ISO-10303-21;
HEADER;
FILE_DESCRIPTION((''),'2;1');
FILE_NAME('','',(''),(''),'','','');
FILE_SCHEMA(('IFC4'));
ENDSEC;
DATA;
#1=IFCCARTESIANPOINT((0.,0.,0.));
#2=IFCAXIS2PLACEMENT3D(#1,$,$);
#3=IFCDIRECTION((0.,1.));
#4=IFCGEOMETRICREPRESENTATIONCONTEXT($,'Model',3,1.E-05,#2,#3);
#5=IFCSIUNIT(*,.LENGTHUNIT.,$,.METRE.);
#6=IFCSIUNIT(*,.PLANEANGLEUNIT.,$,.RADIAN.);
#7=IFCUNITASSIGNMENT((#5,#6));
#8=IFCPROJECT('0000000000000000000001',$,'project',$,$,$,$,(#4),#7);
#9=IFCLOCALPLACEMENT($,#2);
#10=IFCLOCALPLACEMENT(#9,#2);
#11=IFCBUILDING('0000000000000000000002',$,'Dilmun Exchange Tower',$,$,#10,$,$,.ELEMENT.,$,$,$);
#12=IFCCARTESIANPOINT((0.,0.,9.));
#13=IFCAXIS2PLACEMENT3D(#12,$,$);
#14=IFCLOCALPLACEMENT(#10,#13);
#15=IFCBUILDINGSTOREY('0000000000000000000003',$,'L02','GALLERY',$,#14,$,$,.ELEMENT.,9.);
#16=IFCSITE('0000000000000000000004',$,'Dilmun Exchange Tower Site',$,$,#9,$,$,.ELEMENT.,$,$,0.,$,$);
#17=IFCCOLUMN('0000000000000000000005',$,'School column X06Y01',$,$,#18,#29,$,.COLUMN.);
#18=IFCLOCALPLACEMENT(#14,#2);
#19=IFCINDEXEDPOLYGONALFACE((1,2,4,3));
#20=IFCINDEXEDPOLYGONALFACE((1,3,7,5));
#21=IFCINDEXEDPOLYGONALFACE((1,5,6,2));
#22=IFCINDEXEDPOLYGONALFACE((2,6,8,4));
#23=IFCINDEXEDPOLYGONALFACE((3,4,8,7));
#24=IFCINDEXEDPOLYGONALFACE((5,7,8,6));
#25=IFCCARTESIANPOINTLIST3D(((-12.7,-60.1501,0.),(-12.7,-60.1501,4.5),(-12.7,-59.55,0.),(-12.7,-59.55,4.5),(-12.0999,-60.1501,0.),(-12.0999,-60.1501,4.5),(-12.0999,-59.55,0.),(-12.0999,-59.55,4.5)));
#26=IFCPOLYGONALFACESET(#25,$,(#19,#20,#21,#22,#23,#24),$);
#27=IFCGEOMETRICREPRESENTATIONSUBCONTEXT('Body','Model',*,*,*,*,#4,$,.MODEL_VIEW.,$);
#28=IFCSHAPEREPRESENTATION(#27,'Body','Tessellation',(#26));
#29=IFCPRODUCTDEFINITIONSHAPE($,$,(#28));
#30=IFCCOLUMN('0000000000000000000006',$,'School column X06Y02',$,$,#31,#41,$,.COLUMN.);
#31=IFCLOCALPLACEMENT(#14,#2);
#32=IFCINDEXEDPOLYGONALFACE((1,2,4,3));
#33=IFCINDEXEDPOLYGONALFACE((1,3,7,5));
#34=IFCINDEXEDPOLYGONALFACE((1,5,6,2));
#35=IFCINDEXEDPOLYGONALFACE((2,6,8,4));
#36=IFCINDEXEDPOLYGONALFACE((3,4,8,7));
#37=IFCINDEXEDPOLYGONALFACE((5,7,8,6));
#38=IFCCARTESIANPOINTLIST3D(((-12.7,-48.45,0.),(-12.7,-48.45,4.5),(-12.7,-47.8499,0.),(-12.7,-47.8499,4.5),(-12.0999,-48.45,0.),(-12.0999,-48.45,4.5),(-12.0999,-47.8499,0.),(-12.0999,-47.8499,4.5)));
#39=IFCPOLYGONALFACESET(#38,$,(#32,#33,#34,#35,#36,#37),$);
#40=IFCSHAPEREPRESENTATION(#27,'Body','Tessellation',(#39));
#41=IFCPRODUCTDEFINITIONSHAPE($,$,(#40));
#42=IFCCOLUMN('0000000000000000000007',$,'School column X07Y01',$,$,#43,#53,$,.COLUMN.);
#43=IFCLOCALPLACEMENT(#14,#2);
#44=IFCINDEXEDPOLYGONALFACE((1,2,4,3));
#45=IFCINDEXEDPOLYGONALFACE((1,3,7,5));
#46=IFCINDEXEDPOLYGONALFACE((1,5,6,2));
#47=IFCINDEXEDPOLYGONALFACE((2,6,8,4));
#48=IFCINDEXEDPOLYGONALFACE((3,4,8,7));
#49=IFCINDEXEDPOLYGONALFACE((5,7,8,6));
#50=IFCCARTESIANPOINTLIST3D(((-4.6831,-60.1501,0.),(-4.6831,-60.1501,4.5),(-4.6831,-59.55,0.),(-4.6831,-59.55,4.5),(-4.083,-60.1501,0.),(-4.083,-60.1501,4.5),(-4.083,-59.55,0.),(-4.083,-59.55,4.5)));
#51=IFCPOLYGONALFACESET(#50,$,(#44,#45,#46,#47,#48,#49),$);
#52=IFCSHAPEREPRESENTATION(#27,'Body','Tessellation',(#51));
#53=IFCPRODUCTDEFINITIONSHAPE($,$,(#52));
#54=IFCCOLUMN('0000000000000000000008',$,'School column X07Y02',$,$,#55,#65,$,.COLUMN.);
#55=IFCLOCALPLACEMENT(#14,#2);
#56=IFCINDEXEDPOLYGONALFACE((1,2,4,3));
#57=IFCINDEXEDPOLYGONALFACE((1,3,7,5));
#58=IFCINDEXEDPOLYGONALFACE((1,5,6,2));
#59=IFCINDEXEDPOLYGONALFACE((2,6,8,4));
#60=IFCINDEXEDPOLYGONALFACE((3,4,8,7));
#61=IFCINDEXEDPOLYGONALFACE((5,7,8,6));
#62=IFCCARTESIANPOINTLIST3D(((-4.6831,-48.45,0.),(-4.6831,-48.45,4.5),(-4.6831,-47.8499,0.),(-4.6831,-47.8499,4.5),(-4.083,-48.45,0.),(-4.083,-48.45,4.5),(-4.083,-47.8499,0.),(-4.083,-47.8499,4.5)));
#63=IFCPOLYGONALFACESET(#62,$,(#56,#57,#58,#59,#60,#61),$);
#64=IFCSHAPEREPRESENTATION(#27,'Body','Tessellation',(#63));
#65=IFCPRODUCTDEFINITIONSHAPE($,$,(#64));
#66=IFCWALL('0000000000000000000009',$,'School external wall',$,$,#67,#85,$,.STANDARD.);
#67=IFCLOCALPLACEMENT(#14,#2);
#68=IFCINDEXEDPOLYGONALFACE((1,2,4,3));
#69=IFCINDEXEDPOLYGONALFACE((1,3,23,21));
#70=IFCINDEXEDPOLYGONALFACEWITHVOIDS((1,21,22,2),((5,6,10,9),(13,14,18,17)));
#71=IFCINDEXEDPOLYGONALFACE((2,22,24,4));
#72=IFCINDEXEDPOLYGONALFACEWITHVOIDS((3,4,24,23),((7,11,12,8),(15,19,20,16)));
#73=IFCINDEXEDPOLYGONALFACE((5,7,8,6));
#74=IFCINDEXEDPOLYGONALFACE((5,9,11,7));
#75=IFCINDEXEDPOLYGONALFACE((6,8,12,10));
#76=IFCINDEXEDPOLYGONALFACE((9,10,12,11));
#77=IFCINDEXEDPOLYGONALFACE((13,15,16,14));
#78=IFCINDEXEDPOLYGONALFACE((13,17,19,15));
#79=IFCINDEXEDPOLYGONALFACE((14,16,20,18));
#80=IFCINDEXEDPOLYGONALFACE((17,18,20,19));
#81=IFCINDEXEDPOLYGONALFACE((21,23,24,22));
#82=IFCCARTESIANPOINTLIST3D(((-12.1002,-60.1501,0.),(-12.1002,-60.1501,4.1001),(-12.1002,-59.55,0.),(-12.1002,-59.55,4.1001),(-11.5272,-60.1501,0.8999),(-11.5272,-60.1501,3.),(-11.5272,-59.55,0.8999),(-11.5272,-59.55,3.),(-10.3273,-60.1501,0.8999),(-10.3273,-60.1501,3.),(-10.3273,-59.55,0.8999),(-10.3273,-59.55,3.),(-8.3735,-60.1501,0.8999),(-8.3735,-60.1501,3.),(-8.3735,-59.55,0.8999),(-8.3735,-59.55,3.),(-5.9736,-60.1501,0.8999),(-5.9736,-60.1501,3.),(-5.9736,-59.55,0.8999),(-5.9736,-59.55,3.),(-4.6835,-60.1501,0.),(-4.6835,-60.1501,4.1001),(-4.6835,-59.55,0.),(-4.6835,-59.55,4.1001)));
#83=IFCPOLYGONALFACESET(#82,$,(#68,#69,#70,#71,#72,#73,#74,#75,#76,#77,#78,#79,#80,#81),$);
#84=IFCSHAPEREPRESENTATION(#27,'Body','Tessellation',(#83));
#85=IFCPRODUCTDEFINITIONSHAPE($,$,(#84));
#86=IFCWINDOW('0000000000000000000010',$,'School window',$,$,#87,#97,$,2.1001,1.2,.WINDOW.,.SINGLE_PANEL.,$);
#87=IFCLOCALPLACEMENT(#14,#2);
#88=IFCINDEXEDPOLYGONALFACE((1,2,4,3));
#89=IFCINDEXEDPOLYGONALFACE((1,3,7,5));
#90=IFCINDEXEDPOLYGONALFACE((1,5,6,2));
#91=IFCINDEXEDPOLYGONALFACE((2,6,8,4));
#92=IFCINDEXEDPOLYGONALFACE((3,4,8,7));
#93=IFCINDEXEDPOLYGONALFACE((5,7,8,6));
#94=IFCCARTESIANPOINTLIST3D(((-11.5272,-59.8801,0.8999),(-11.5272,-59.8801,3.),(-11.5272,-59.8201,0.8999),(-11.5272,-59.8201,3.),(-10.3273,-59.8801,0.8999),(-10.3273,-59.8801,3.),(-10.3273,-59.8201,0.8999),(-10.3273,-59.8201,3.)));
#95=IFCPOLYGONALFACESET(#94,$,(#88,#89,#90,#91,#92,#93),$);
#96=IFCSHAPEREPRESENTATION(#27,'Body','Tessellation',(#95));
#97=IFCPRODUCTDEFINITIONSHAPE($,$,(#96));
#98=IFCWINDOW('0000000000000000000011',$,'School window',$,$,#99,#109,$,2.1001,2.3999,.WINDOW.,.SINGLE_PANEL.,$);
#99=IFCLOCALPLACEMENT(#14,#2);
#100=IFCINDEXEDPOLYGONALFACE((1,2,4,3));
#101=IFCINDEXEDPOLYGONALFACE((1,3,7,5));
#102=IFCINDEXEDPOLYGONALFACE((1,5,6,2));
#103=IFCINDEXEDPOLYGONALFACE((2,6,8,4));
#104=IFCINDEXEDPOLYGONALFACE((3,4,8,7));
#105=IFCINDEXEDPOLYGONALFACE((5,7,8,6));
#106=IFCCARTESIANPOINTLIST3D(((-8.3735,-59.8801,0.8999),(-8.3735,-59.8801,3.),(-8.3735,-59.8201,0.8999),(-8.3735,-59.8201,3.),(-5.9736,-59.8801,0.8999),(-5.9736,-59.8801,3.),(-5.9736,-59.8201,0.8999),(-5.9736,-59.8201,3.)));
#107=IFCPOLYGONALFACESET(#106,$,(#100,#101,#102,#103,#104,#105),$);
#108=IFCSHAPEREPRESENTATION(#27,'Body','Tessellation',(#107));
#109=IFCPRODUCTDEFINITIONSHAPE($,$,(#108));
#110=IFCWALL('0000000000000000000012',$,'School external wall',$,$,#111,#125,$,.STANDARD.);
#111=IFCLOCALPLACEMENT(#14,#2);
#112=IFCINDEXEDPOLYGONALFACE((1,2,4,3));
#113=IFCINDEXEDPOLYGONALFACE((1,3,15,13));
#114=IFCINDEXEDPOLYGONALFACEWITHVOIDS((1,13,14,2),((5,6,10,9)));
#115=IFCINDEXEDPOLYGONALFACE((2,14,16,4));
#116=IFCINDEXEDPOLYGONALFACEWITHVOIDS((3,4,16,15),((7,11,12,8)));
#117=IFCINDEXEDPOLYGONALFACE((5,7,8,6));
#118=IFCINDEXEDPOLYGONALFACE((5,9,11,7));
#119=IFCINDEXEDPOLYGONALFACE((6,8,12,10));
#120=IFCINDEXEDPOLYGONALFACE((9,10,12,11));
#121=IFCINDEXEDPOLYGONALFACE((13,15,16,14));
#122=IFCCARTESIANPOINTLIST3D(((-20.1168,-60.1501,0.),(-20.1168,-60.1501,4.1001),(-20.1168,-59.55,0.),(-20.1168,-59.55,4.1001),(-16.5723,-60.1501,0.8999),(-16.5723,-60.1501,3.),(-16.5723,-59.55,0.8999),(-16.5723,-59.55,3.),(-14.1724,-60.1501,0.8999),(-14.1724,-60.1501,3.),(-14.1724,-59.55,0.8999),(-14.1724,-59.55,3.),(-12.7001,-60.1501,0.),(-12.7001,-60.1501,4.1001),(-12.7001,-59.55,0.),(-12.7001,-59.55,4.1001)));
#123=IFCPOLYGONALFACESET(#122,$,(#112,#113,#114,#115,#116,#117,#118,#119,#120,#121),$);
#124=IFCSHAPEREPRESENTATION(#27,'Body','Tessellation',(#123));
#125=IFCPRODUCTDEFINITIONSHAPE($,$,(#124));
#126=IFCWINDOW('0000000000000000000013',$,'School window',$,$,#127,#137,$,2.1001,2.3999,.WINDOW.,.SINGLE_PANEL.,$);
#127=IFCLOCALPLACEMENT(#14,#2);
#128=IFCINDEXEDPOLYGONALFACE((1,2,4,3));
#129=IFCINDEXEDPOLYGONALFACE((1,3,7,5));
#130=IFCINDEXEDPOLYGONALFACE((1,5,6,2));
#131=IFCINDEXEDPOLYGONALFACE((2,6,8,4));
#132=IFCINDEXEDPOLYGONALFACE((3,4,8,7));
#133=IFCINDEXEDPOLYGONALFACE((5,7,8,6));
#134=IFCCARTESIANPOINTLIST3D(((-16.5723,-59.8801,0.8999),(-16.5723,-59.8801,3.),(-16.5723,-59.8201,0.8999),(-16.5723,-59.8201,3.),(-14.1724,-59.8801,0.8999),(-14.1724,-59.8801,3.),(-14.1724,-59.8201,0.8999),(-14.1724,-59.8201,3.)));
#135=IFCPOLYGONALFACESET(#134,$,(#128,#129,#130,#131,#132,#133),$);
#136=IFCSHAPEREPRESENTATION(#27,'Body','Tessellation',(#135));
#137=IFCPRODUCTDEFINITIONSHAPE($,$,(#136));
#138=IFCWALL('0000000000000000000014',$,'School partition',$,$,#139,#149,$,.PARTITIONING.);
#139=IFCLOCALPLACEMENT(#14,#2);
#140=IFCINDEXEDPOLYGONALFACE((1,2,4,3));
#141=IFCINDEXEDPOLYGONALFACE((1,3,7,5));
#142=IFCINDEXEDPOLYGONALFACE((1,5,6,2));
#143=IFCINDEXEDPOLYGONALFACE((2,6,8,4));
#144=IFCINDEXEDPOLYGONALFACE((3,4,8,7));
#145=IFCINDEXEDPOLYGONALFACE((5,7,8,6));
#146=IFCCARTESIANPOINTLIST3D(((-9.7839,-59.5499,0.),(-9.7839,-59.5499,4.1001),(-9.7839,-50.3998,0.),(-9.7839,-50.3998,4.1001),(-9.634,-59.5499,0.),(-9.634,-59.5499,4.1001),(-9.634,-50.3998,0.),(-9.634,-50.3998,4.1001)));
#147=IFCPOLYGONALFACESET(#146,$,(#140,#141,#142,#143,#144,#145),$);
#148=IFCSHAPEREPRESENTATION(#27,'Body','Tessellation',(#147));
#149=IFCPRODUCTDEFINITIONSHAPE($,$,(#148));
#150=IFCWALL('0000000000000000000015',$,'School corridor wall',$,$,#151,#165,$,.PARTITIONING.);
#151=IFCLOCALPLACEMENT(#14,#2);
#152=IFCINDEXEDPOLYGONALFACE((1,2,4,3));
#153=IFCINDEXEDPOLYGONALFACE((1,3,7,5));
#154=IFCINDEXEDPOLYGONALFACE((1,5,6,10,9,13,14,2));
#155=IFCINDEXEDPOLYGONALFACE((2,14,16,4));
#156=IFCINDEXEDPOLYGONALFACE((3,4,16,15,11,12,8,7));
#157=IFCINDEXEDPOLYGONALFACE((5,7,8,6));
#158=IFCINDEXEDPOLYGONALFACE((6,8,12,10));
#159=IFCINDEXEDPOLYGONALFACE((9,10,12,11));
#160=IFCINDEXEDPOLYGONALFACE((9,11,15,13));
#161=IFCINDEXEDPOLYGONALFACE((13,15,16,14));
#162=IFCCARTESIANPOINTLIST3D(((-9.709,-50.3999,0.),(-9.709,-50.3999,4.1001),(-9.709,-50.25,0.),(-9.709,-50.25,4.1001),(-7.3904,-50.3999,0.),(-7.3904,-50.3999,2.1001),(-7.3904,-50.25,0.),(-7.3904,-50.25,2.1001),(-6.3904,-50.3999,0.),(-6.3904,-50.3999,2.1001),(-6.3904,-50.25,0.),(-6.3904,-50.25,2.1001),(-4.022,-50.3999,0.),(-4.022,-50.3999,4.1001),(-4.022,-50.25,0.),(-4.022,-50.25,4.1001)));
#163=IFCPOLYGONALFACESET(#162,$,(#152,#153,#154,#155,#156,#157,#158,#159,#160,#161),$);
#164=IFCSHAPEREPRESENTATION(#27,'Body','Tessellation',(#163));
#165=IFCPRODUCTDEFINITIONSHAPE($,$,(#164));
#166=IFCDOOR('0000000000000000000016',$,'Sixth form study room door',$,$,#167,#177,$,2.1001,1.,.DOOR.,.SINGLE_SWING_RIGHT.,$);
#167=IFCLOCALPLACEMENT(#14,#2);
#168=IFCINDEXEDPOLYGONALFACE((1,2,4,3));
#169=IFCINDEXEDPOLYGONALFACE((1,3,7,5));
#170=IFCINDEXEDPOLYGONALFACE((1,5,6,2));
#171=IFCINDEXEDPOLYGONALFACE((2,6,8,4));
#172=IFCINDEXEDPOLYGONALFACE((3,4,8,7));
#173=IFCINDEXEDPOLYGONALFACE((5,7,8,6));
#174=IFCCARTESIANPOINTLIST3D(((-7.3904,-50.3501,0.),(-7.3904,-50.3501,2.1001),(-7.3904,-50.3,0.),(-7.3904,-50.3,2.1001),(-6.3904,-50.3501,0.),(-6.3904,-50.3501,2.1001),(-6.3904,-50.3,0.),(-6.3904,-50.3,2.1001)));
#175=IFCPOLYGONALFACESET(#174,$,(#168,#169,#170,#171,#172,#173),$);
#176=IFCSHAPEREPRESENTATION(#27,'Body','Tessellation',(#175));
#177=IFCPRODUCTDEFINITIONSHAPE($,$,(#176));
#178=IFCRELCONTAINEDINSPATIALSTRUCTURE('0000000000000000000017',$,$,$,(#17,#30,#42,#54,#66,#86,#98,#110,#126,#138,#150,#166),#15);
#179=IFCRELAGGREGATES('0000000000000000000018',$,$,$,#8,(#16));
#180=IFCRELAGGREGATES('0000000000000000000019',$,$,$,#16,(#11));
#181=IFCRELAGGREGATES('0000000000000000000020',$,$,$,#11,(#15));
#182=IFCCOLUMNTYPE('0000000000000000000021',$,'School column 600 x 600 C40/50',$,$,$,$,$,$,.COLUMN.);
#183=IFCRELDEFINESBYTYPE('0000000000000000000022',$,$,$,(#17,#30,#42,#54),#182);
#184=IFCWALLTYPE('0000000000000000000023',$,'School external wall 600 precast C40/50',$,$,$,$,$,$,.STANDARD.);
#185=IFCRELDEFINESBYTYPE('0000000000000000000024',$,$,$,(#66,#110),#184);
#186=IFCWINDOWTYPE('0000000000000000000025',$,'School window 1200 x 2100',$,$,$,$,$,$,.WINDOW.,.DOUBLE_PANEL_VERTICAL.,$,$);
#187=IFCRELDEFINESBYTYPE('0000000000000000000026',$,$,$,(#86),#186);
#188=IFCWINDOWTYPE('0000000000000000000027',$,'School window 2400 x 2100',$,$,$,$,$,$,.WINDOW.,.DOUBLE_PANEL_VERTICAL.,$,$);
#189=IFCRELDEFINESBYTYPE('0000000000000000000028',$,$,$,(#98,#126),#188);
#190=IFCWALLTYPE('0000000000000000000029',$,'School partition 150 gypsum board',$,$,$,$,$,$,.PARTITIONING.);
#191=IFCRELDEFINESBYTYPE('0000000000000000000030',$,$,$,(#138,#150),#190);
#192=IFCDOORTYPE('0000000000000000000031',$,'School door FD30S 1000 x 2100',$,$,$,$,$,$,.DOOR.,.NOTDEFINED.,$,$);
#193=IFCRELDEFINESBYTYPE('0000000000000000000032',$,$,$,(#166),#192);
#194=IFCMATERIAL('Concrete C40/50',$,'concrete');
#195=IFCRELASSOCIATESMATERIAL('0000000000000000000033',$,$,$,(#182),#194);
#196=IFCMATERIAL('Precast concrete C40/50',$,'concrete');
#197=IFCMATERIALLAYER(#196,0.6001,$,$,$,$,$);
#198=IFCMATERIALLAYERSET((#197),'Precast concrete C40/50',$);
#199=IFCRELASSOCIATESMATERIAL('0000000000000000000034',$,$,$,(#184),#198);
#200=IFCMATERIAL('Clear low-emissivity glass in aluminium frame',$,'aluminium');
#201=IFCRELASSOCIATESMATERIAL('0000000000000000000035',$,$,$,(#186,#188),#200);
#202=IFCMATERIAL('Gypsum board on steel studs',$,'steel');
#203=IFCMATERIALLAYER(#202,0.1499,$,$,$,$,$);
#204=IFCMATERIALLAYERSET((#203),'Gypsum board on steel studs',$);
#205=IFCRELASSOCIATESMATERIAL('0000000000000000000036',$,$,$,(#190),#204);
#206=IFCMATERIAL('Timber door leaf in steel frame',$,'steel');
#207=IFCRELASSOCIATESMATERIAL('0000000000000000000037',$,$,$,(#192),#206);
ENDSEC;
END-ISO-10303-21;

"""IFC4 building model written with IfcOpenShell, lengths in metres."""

from ifc_helpers import new_model, si_unit, direction, frame, frame_2d, origin, origin_2d, place, context, subcontext, project, spatial, rectangle, extrude, material, layer, layer_set, material_profile, profile_set, type_object, element, fill, save


model = new_model("IFC4")

# Units and contexts
model_context = context("Model", 3, precision=1e-05, world=origin(), true_north=direction((0.0, 1.0)))
body_context = subcontext(model_context, "Body", "Model", "MODEL_VIEW")
ifc_project = project(units=[si_unit("LENGTHUNIT", "METRE"), si_unit("PLANEANGLEUNIT", "RADIAN")], contexts=[model_context])

# Site, building, storey
site_placement = place(None, origin())
site = spatial("IfcSite", under=ifc_project, at=site_placement, Name="Dilmun Exchange Tower Site", CompositionType="ELEMENT", RefElevation=0.0)
building_placement = place(site_placement, origin())
building = spatial("IfcBuilding", under=site, at=building_placement, Name="Dilmun Exchange Tower", CompositionType="ELEMENT")
storey_placement = place(building_placement, frame((0.0, 0.0, 9.0)))
storey = spatial("IfcBuildingStorey", under=building, at=storey_placement, Name="L02", Description="GALLERY", CompositionType="ELEMENT", Elevation=9.0)

# Columns
ifc_material_1 = material(Name="Concrete C40/50", Category="concrete")
ifc_material_profile = material_profile(ifc_material_1, rectangle(XDim=0.6001, YDim=0.6001, at=origin_2d()), Name="600 x 600")
ifc_profile_set = profile_set([ifc_material_profile], Name="Concrete C40/50")
column_type = type_object("IfcColumnType", Name="School column 600 x 600 C40/50", PredefinedType="COLUMN", material=ifc_profile_set)
for number, where, z_axis, x_axis, name in (
    (1, (-12.3999, -59.8501, 0.0), (0.0, 0.0, 1.0), (1.0, 0.0, 0.0), "School column X06Y01"),
    (2, (-12.3999, -48.1499, 0.0), (0.0, 0.0, 1.0), (1.0, 0.0, 0.0), "School column X06Y02"),
    (3, (-4.3831, -59.8501, 0.0), (0.0, 0.0, 1.0), (1.0, 0.0, 0.0), "School column X07Y01"),
    (4, (-4.3831, -48.1499, 0.0), (0.0, 0.0, 1.0), (1.0, 0.0, 0.0), "School column X07Y02"),
):
    element("IfcColumn", number, at=place(storey_placement, frame(where, z_axis=z_axis, x_axis=x_axis)), inside=storey, type_object=column_type, Name=name, PredefinedType="COLUMN", context=body_context, shape_type="SweptSolid", body=[
        extrude(rectangle(XDim=0.6001, YDim=0.6001, at=origin_2d()), origin(), (0.0, 0.0, 1.0), 4.5),
    ])

# Wall, openings, windows
ifc_material_2 = material(Name="Precast concrete C40/50", Category="concrete")
ifc_layer_1 = layer(ifc_material_2, 0.6001)
ifc_layer_set_1 = layer_set([ifc_layer_1], Name="Precast concrete C40/50")
wall_type_1 = type_object("IfcWallType", Name="School external wall 600 precast C40/50", PredefinedType="STANDARD", material=ifc_layer_set_1)
wall_1_placement = place(storey_placement, frame((-4.6833, -59.8501, 0.0), z_axis=(0.0, 0.0, 1.0), x_axis=(-1.0, 0.0, 0.0)))
wall_1 = element("IfcWall", 5, at=wall_1_placement, inside=storey, type_object=wall_type_1, Name="School external wall", PredefinedType="STANDARD", context=body_context, shape_type="SweptSolid", body=[
    extrude(rectangle(XDim=7.4167, YDim=0.6001, at=frame_2d((3.7085, 0.0))), origin(), (0.0, 0.0, 1.0), 4.1001),
])
opening_1_placement = place(wall_1_placement, frame((5.6438, 0.0, 0.8999)))
opening_1 = element("IfcOpeningElement", 6, at=opening_1_placement, cuts=wall_1, PredefinedType="OPENING", context=body_context, shape_type="SweptSolid", body=[
    extrude(rectangle(XDim=1.2, YDim=2.1001, at=frame_2d((0.6001, 1.05))), frame((0.0, 0.3101, 0.0), z_axis=(0.0, -1.0, 0.0), x_axis=(1.0, 0.0, 0.0)), (0.0, 0.0, 1.0), 0.6201),
])
opening_2_placement = place(wall_1_placement, frame((1.2903, 0.0, 0.8999)))
opening_2 = element("IfcOpeningElement", 7, at=opening_2_placement, cuts=wall_1, PredefinedType="OPENING", context=body_context, shape_type="SweptSolid", body=[
    extrude(rectangle(XDim=2.3999, YDim=2.1001, at=frame_2d((1.2, 1.05))), frame((0.0, 0.3101, 0.0), z_axis=(0.0, -1.0, 0.0), x_axis=(1.0, 0.0, 0.0)), (0.0, 0.0, 1.0), 0.6201),
])
ifc_material_3 = material(Name="Clear low-emissivity glass in aluminium frame", Category="aluminium")
window_type_1 = type_object("IfcWindowType", Name="School window 1200 x 2100", PartitioningType="DOUBLE_PANEL_VERTICAL", PredefinedType="WINDOW", material=ifc_material_3)
window_1_placement = place(opening_1_placement, origin())
window_1 = element("IfcWindow", 8, at=window_1_placement, inside=storey, type_object=window_type_1, Name="School window", OverallHeight=2.1001, OverallWidth=1.2, PartitioningType="SINGLE_PANEL", PredefinedType="WINDOW", context=body_context, shape_type="SweptSolid", body=[
    extrude(rectangle(XDim=1.2, YDim=2.1001, at=frame_2d((0.6001, 1.05))), frame((0.0, 0.03, 0.0), z_axis=(0.0, -1.0, 0.0), x_axis=(1.0, 0.0, 0.0)), (0.0, 0.0, 1.0), 0.0601),
])
fill(opening_1, window_1)
window_type_2 = type_object("IfcWindowType", Name="School window 2400 x 2100", PartitioningType="DOUBLE_PANEL_VERTICAL", PredefinedType="WINDOW", material=ifc_material_3)
window_2_placement = place(opening_2_placement, origin())
window_2 = element("IfcWindow", 9, at=window_2_placement, inside=storey, type_object=window_type_2, Name="School window", OverallHeight=2.1001, OverallWidth=2.3999, PartitioningType="SINGLE_PANEL", PredefinedType="WINDOW", context=body_context, shape_type="SweptSolid", body=[
    extrude(rectangle(XDim=2.3999, YDim=2.1001, at=frame_2d((1.2, 1.05))), frame((0.0, 0.03, 0.0), z_axis=(0.0, -1.0, 0.0), x_axis=(1.0, 0.0, 0.0)), (0.0, 0.0, 1.0), 0.0601),
])
fill(opening_2, window_2)

# Wall, opening, window
wall_2_placement = place(storey_placement, frame((-12.7, -59.8501, 0.0), z_axis=(0.0, 0.0, 1.0), x_axis=(-1.0, 0.0, 0.0)))
wall_2 = element("IfcWall", 10, at=wall_2_placement, inside=storey, type_object=wall_type_1, Name="School external wall", PredefinedType="STANDARD", context=body_context, shape_type="SweptSolid", body=[
    extrude(rectangle(XDim=7.4167, YDim=0.6001, at=frame_2d((3.7085, 0.0))), origin(), (0.0, 0.0, 1.0), 4.1001),
])
opening_3_placement = place(wall_2_placement, frame((1.4724, 0.0, 0.8999)))
opening_3 = element("IfcOpeningElement", 11, at=opening_3_placement, cuts=wall_2, PredefinedType="OPENING", context=body_context, shape_type="SweptSolid", body=[
    extrude(rectangle(XDim=2.3999, YDim=2.1001, at=frame_2d((1.2, 1.05))), frame((0.0, 0.3101, 0.0), z_axis=(0.0, -1.0, 0.0), x_axis=(1.0, 0.0, 0.0)), (0.0, 0.0, 1.0), 0.6201),
])
window_3_placement = place(opening_3_placement, origin())
window_3 = element("IfcWindow", 12, at=window_3_placement, inside=storey, type_object=window_type_2, Name="School window", OverallHeight=2.1001, OverallWidth=2.3999, PartitioningType="SINGLE_PANEL", PredefinedType="WINDOW", context=body_context, shape_type="SweptSolid", body=[
    extrude(rectangle(XDim=2.3999, YDim=2.1001, at=frame_2d((1.2, 1.05))), frame((0.0, 0.03, 0.0), z_axis=(0.0, -1.0, 0.0), x_axis=(1.0, 0.0, 0.0)), (0.0, 0.0, 1.0), 0.0601),
])
fill(opening_3, window_3)

# Wall
ifc_material_4 = material(Name="Gypsum board on steel studs", Category="steel")
ifc_layer_2 = layer(ifc_material_4, 0.1499)
ifc_layer_set_2 = layer_set([ifc_layer_2], Name="Gypsum board on steel studs")
wall_type_2 = type_object("IfcWallType", Name="School partition 150 gypsum board", PredefinedType="PARTITIONING", material=ifc_layer_set_2)
wall_3_placement = place(storey_placement, frame((-9.709, -59.55, 0.0), z_axis=(0.0, 0.0, 1.0), x_axis=(0.0, 1.0, 0.0)))
element("IfcWall", 13, at=wall_3_placement, inside=storey, type_object=wall_type_2, Name="School partition", PredefinedType="PARTITIONING", context=body_context, shape_type="SweptSolid", body=[
    extrude(rectangle(XDim=9.1501, YDim=0.1499, at=frame_2d((4.5752, 0.0))), origin(), (0.0, 0.0, 1.0), 4.1001),
])

# Wall, opening, door
wall_4_placement = place(storey_placement, frame((-9.709, -50.325, 0.0), z_axis=(0.0, 0.0, 1.0), x_axis=(1.0, 0.0, 0.0)))
wall_4 = element("IfcWall", 14, at=wall_4_placement, inside=storey, type_object=wall_type_2, Name="School corridor wall", PredefinedType="PARTITIONING", context=body_context, shape_type="SweptSolid", body=[
    extrude(rectangle(XDim=5.687, YDim=0.1499, at=frame_2d((2.8435, 0.0))), origin(), (0.0, 0.0, 1.0), 4.1001),
])
opening_4_placement = place(wall_4_placement, frame((2.3186, 0.0, 0.0)))
opening_4 = element("IfcOpeningElement", 15, at=opening_4_placement, cuts=wall_4, PredefinedType="OPENING", context=body_context, shape_type="SweptSolid", body=[
    extrude(rectangle(XDim=1.0, YDim=2.1001, at=frame_2d((0.5, 1.05))), frame((0.0, 0.085, 0.0), z_axis=(0.0, -1.0, 0.0), x_axis=(1.0, 0.0, 0.0)), (0.0, 0.0, 1.0), 0.1699),
])
ifc_material_5 = material(Name="Timber door leaf in steel frame", Category="steel")
door_type_1 = type_object("IfcDoorType", Name="School door FD30S 1000 x 2100", OperationType="NOTDEFINED", PredefinedType="DOOR", material=ifc_material_5)
door_1_placement = place(opening_4_placement, origin())
door_1 = element("IfcDoor", 16, at=door_1_placement, inside=storey, type_object=door_type_1, Name="Sixth form study room door", OperationType="SINGLE_SWING_RIGHT", OverallHeight=2.1001, OverallWidth=1.0, PredefinedType="DOOR", context=body_context, shape_type="SweptSolid", body=[
    extrude(rectangle(XDim=1.0, YDim=2.1001, at=frame_2d((0.5, 1.05))), frame((0.0, 0.0249, 0.0), z_axis=(0.0, -1.0, 0.0), x_axis=(1.0, 0.0, 0.0)), (0.0, 0.0, 1.0), 0.05),
])
fill(opening_4, door_1)

save(model, "model.ifc")
